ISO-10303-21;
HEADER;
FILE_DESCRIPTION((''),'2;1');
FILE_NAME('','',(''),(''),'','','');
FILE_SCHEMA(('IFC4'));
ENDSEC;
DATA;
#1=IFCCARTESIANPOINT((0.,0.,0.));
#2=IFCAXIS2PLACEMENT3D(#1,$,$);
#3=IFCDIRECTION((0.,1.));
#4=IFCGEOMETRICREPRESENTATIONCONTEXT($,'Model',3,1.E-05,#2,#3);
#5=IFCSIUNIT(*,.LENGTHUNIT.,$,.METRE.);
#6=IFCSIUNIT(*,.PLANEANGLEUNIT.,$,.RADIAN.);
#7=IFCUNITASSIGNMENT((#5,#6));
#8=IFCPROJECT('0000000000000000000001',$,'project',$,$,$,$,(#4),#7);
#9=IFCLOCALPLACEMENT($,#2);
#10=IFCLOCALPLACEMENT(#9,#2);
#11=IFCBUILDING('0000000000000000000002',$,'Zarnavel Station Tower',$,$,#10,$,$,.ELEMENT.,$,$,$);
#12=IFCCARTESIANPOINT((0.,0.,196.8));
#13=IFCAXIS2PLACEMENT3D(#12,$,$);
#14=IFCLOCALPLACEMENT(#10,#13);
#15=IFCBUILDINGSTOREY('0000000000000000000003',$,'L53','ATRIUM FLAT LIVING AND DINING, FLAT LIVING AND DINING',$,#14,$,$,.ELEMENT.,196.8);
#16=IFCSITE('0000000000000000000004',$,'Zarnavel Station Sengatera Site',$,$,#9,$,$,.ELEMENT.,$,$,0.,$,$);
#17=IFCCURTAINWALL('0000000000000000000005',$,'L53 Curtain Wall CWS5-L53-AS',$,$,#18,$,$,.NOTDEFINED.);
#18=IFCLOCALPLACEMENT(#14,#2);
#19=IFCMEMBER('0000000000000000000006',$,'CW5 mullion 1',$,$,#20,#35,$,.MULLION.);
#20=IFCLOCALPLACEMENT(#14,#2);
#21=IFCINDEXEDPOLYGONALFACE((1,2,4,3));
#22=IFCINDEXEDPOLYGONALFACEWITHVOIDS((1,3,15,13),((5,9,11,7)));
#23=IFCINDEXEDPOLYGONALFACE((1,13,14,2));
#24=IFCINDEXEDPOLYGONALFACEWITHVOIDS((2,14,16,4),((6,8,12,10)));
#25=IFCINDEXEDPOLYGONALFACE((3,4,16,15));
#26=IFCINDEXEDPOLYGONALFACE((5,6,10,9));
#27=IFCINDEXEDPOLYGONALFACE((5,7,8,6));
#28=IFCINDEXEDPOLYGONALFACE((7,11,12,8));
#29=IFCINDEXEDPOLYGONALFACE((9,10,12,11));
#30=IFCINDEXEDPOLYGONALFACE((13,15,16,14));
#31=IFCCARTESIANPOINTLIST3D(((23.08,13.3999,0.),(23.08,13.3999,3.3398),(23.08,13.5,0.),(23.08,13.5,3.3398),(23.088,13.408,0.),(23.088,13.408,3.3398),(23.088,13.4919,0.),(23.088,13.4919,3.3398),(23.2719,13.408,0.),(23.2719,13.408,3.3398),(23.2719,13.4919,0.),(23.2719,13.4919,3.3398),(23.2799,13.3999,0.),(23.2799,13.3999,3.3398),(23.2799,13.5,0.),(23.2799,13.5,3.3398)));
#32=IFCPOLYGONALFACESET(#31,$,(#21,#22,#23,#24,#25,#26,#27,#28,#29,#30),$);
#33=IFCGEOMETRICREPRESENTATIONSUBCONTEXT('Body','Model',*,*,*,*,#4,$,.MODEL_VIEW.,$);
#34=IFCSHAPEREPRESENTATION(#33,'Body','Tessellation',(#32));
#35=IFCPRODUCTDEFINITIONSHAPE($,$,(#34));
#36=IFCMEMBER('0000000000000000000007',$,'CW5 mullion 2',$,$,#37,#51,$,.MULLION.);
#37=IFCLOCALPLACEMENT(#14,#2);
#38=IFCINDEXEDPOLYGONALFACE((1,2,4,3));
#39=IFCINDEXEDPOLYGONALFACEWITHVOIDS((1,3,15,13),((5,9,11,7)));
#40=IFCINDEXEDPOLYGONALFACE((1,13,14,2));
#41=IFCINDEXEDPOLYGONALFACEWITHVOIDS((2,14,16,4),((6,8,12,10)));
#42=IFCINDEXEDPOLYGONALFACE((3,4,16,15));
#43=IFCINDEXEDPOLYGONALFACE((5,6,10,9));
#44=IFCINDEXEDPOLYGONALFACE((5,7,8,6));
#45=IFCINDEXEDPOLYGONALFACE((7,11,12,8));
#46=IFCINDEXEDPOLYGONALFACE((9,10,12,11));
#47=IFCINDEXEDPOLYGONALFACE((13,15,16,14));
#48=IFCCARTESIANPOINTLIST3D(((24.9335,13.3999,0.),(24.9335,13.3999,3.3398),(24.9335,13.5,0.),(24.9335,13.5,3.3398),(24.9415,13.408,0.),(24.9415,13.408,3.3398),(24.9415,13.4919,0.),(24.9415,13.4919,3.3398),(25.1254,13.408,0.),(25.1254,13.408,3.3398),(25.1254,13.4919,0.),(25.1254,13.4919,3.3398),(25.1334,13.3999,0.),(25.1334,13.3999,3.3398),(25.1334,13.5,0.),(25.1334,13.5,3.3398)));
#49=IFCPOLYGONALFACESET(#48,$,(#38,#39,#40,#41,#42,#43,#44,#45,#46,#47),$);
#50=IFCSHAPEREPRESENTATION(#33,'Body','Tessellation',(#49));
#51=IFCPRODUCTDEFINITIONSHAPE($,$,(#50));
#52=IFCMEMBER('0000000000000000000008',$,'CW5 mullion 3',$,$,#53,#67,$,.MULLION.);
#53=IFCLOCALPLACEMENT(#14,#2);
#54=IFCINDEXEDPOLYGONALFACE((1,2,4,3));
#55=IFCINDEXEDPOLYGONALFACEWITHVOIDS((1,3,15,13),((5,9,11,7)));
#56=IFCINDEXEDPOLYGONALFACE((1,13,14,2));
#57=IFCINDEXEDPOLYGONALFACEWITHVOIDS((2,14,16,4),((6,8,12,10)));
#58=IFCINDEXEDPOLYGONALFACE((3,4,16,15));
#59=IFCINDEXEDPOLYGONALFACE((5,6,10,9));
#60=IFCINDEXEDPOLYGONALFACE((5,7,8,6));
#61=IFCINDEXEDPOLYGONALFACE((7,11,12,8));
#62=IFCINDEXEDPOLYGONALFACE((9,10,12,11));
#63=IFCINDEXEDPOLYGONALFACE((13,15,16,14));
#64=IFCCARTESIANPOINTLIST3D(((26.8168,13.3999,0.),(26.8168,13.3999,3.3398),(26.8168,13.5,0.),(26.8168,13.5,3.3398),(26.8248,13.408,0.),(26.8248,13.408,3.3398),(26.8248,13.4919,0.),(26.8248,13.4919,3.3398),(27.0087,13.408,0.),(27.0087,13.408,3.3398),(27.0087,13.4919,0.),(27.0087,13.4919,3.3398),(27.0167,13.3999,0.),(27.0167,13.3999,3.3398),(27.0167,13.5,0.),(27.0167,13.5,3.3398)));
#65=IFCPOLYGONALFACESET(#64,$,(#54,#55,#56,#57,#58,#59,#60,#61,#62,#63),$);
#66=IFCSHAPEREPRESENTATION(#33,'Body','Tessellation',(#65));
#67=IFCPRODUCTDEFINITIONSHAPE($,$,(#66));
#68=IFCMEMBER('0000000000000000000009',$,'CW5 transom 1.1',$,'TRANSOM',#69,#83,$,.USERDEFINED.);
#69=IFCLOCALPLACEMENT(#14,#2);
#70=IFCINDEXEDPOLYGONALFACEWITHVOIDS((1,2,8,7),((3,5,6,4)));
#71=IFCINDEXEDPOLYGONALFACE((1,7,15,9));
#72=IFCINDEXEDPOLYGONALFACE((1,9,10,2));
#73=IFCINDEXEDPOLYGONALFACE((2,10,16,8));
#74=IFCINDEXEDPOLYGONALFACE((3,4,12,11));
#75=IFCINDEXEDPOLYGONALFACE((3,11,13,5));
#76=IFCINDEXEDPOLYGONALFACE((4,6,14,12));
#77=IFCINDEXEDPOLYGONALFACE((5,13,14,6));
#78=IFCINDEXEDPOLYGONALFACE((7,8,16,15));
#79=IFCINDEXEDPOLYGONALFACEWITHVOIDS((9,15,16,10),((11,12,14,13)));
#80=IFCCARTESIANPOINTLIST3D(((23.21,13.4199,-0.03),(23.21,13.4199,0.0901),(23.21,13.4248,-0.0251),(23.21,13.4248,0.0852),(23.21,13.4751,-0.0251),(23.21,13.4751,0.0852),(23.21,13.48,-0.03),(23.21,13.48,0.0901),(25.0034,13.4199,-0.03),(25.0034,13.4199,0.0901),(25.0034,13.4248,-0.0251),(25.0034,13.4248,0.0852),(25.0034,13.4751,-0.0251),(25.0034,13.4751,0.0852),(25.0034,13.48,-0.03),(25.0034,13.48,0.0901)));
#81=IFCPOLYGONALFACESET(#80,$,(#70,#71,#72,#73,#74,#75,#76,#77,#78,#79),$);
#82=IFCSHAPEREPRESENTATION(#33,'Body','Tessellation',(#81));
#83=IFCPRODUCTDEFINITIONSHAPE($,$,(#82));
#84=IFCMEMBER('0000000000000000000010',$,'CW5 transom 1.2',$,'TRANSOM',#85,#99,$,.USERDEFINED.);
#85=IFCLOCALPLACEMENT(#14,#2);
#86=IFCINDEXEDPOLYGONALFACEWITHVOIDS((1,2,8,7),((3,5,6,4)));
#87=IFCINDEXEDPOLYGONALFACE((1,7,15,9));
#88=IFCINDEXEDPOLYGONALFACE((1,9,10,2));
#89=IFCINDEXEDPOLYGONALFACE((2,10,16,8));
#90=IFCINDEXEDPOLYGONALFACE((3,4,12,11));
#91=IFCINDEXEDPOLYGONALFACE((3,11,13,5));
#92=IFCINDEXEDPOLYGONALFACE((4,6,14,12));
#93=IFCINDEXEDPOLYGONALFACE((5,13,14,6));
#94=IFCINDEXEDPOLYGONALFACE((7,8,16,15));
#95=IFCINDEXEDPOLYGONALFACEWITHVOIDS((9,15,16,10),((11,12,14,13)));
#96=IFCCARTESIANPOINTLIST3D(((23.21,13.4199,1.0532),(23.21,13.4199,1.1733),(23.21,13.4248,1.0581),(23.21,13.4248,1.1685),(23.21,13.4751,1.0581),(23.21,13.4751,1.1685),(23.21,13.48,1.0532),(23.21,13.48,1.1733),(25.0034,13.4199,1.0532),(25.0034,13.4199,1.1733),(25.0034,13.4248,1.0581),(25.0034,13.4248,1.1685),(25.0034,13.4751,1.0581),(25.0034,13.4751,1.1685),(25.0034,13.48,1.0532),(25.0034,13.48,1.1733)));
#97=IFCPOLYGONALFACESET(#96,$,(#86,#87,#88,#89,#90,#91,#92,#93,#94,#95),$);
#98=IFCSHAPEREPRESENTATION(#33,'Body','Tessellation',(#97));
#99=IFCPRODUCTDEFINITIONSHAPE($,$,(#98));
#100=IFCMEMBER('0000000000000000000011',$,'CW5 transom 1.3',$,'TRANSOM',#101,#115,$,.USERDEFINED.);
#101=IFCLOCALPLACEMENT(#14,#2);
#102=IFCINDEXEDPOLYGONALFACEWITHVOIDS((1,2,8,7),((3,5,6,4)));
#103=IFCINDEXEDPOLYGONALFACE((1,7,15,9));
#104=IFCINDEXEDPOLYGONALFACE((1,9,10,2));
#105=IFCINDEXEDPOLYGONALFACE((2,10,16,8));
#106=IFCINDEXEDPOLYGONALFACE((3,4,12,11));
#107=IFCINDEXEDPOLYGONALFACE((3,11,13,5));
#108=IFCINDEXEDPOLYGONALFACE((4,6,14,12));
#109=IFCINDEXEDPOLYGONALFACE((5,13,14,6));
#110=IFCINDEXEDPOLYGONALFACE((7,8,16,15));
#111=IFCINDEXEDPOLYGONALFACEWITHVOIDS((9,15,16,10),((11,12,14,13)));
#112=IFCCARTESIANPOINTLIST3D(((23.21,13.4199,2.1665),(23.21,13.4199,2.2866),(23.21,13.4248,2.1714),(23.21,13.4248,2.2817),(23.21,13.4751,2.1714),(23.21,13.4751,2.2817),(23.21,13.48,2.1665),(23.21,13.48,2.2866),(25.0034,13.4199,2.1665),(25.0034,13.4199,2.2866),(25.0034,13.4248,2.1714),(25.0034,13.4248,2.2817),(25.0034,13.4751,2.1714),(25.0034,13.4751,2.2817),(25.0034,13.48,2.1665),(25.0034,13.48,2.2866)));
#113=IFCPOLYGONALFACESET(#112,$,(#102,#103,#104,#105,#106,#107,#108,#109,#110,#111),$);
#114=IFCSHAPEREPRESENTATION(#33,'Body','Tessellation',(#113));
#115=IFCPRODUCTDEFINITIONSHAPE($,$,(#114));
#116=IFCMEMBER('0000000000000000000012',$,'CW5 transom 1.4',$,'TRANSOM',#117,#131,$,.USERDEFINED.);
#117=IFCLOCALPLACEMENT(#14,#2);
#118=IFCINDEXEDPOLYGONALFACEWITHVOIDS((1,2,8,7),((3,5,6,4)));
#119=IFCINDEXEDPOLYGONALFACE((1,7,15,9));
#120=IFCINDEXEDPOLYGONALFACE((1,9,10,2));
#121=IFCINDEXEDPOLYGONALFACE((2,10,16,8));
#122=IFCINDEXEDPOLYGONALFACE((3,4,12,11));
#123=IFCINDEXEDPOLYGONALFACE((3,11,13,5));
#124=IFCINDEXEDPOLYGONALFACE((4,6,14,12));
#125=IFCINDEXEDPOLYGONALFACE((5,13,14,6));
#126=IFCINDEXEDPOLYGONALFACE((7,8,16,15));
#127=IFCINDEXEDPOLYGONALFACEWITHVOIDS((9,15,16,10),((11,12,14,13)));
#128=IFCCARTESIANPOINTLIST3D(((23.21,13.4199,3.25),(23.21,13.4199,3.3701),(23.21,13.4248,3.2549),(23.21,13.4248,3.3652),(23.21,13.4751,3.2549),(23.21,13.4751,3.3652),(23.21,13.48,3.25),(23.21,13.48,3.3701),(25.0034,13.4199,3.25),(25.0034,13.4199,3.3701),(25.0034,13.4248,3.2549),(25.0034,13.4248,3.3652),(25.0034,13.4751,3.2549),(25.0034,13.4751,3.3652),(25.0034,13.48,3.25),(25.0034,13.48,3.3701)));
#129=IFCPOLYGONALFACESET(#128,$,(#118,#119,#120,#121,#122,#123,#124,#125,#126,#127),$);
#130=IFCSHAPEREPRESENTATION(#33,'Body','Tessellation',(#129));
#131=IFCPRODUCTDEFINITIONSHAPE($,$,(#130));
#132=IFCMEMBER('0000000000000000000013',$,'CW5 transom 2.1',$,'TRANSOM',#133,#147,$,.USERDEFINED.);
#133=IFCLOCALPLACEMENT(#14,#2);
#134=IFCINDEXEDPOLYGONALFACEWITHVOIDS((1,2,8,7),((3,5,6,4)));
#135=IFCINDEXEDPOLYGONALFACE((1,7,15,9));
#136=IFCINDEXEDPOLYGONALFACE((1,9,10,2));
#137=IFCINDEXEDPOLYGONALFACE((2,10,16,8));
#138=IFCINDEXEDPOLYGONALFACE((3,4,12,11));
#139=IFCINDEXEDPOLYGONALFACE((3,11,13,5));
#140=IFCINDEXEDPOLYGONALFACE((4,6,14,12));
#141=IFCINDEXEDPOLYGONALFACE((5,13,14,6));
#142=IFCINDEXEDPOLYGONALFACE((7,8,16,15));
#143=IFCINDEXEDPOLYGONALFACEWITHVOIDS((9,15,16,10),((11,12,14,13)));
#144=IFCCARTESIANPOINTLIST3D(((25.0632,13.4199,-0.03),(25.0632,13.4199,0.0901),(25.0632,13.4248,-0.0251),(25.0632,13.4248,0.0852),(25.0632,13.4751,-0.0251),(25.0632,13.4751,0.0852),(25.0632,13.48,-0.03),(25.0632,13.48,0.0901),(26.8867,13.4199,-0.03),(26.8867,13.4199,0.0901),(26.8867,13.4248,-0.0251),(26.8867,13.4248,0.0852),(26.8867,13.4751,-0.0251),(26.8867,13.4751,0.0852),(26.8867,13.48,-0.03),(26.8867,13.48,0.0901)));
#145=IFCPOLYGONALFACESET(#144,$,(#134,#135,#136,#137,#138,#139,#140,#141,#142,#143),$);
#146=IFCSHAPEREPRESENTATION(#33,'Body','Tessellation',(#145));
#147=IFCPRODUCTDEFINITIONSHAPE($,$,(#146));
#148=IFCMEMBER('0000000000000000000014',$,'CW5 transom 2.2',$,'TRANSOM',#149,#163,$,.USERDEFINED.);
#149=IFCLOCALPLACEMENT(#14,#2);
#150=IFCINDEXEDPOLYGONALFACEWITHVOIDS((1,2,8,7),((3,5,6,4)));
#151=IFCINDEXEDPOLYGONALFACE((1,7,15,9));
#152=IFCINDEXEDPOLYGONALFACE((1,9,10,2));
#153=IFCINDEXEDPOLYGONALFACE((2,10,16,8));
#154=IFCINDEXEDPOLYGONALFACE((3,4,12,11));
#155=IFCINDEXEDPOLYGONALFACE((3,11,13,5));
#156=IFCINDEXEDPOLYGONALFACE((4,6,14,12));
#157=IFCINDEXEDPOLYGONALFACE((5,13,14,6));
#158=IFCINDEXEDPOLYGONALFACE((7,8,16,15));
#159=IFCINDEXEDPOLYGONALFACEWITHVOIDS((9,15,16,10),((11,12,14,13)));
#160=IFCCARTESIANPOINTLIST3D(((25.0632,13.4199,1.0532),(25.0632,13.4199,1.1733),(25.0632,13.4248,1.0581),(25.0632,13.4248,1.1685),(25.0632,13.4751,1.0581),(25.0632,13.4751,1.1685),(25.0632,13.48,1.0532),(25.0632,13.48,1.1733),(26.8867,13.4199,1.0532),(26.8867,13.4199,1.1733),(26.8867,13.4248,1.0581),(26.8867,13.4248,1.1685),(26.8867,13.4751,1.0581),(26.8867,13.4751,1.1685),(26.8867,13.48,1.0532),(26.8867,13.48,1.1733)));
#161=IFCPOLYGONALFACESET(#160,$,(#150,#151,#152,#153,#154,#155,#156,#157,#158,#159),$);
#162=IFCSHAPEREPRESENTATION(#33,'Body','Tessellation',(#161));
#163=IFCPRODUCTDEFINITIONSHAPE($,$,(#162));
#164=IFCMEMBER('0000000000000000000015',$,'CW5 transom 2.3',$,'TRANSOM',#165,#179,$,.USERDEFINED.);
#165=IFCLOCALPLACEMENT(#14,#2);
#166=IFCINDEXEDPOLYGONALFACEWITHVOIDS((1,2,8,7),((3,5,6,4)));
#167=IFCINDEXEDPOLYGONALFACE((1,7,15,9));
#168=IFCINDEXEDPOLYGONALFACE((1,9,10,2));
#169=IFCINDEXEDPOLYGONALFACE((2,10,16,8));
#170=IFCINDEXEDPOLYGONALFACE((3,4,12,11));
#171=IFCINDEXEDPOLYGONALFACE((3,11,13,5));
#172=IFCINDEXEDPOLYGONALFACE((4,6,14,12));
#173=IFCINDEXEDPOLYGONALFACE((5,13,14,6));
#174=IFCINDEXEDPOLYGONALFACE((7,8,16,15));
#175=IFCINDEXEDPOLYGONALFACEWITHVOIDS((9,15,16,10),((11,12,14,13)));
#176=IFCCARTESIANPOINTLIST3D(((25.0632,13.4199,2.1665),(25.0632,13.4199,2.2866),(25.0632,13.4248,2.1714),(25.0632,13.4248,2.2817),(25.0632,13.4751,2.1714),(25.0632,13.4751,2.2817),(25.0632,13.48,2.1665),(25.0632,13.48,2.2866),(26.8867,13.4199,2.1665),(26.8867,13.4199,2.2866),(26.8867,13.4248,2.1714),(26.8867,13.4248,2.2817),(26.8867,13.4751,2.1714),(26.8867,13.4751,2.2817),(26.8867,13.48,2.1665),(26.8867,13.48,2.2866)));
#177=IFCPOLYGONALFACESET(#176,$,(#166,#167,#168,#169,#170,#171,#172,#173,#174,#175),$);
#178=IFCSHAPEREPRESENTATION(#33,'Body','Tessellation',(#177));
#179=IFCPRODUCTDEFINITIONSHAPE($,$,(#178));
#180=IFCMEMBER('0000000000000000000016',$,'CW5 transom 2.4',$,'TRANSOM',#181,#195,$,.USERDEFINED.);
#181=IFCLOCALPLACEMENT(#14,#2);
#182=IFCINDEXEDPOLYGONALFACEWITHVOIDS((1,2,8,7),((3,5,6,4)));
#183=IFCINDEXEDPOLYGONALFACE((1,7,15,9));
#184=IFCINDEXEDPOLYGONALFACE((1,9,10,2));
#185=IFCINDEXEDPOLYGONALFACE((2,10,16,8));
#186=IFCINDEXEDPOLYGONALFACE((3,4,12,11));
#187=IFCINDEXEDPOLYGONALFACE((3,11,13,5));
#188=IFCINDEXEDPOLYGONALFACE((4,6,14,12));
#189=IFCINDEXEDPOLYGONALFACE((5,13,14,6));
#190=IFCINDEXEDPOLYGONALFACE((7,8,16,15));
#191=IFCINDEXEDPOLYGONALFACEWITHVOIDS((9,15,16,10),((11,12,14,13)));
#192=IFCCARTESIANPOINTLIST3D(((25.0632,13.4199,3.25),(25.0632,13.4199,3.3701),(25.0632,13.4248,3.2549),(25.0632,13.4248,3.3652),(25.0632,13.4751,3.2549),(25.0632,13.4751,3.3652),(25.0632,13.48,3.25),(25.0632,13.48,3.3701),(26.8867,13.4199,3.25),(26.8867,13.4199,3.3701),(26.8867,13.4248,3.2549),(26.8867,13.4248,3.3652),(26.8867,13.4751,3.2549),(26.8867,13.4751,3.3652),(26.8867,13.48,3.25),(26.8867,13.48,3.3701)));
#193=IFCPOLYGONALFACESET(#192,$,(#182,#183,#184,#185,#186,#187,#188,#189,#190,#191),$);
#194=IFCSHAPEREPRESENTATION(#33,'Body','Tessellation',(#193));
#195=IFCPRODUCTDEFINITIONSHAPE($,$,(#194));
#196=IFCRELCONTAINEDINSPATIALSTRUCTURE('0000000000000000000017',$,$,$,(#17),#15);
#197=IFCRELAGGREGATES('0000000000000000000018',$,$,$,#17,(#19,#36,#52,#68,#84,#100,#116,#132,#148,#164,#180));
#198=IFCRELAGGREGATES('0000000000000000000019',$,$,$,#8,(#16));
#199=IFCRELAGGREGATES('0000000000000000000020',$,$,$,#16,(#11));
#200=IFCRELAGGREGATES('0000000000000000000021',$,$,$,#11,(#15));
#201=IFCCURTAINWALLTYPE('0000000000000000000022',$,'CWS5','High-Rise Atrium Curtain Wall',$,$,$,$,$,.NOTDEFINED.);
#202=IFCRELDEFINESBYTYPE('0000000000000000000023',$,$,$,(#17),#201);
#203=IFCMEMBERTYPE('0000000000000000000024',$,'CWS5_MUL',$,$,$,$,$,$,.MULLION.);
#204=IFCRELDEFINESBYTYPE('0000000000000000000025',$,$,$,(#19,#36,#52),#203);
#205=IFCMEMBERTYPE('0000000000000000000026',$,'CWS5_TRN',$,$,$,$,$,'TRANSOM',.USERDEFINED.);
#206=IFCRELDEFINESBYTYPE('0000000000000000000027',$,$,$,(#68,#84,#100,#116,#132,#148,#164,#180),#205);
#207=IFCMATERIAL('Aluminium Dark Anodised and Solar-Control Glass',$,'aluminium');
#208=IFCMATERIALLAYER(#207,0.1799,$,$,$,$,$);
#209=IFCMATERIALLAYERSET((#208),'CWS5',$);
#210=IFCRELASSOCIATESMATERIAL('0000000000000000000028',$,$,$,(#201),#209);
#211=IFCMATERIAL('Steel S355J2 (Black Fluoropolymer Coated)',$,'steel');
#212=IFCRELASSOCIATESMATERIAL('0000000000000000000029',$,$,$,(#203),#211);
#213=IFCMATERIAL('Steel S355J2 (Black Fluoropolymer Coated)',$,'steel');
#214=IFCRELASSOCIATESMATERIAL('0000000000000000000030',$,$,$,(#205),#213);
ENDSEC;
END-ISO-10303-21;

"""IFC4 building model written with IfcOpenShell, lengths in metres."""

from ifc_helpers import new_model, si_unit, direction, frame, origin, origin_2d, place, context, subcontext, project, spatial, hollow_rectangle, extrude, material, layer, layer_set, material_profile, profile_set, type_object, element, aggregate, save


model = new_model("IFC4")

# Units and contexts
model_context = context("Model", 3, precision=1e-05, world=origin(), true_north=direction((0.0, 1.0)))
body_context = subcontext(model_context, "Body", "Model", "MODEL_VIEW")
ifc_project = project(units=[si_unit("LENGTHUNIT", "METRE"), si_unit("PLANEANGLEUNIT", "RADIAN")], contexts=[model_context])

# Site, building, storey
site_placement = place(None, origin())
site = spatial("IfcSite", under=ifc_project, at=site_placement, Name="Zarnavel Station Sengatera Site", CompositionType="ELEMENT", RefElevation=0.0)
building_placement = place(site_placement, origin())
building = spatial("IfcBuilding", under=site, at=building_placement, Name="Zarnavel Station Tower", CompositionType="ELEMENT")
storey_placement = place(building_placement, frame((0.0, 0.0, 196.8)))
storey = spatial("IfcBuildingStorey", under=building, at=storey_placement, Name="L53", Description="ATRIUM FLAT LIVING AND DINING, FLAT LIVING AND DINING", CompositionType="ELEMENT", Elevation=196.8)

# Curtain wall, members
ifc_material_1 = material(Name="Aluminium Dark Anodised and Solar-Control Glass", Category="aluminium")
ifc_layer_1 = layer(ifc_material_1, 0.1799)
ifc_layer_set_1 = layer_set([ifc_layer_1], Name="CWS5")
curtain_wall_type = type_object("IfcCurtainWallType", Name="CWS5", Description="High-Rise Atrium Curtain Wall", PredefinedType="NOTDEFINED", material=ifc_layer_set_1)
curtain_wall_placement = place(storey_placement, origin())
curtain_wall = element("IfcCurtainWall", 1, at=curtain_wall_placement, inside=storey, type_object=curtain_wall_type, Name="L53 Curtain Wall CWS5-L53-AS", PredefinedType="NOTDEFINED")
ifc_material_2 = material(Name="Steel S355J2 (Black Fluoropolymer Coated)", Category="steel")
ifc_material_profile_1 = material_profile(ifc_material_2, hollow_rectangle(XDim=0.1001, YDim=0.2, WallThickness=0.0081, at=origin_2d()), Name="RHS200x100x8")
ifc_profile_set_1 = profile_set([ifc_material_profile_1], Name="Steel S355J2 (Black Fluoropolymer Coated)")
member_type_1 = type_object("IfcMemberType", Name="CWS5_MUL", PredefinedType="MULLION", material=ifc_profile_set_1)
member_1_placement = place(storey_placement, frame((23.1799, 13.45, 0.0), z_axis=(0.0, 0.0, 1.0), x_axis=(0.0, 1.0, 0.0)))
member_1 = element("IfcMember", 2, at=member_1_placement, type_object=member_type_1, Name="CW5 mullion 1", PredefinedType="MULLION", context=body_context, shape_type="SweptSolid", body=[
    extrude(hollow_rectangle(XDim=0.1001, YDim=0.2, WallThickness=0.0081, at=origin_2d()), origin(), (0.0, 0.0, 1.0), 3.3398),
])
member_2_placement = place(storey_placement, frame((25.0334, 13.45, 0.0), z_axis=(0.0, 0.0, 1.0), x_axis=(0.0, 1.0, 0.0)))
member_2 = element("IfcMember", 3, at=member_2_placement, type_object=member_type_1, Name="CW5 mullion 2", PredefinedType="MULLION", context=body_context, shape_type="SweptSolid", body=[
    extrude(hollow_rectangle(XDim=0.1001, YDim=0.2, WallThickness=0.0081, at=origin_2d()), origin(), (0.0, 0.0, 1.0), 3.3398),
])
member_3_placement = place(storey_placement, frame((26.9167, 13.45, 0.0), z_axis=(0.0, 0.0, 1.0), x_axis=(0.0, 1.0, 0.0)))
member_3 = element("IfcMember", 4, at=member_3_placement, type_object=member_type_1, Name="CW5 mullion 3", PredefinedType="MULLION", context=body_context, shape_type="SweptSolid", body=[
    extrude(hollow_rectangle(XDim=0.1001, YDim=0.2, WallThickness=0.0081, at=origin_2d()), origin(), (0.0, 0.0, 1.0), 3.3398),
])
ifc_material_3 = material(Name="Steel S355J2 (Black Fluoropolymer Coated)", Category="steel")
ifc_material_profile_2 = material_profile(ifc_material_3, hollow_rectangle(XDim=0.0601, YDim=0.1201, WallThickness=0.0049, at=origin_2d()), Name="RHS120x60x5")
ifc_profile_set_2 = profile_set([ifc_material_profile_2], Name="Steel S355J2 (Black Fluoropolymer Coated)")
member_type_2 = type_object("IfcMemberType", Name="CWS5_TRN", ElementType="TRANSOM", PredefinedType="USERDEFINED", material=ifc_profile_set_2)
member_4_placement = place(storey_placement, frame((23.21, 13.45, 0.03), z_axis=(1.0, 0.0, 0.0), x_axis=(0.0, 1.0, 0.0)))
member_4 = element("IfcMember", 5, at=member_4_placement, type_object=member_type_2, Name="CW5 transom 1.1", ObjectType="TRANSOM", PredefinedType="USERDEFINED", context=body_context, shape_type="SweptSolid", body=[
    extrude(hollow_rectangle(XDim=0.0601, YDim=0.1201, WallThickness=0.0049, at=origin_2d()), origin(), (0.0, 0.0, 1.0), 1.7935),
])
member_5_placement = place(storey_placement, frame((23.21, 13.45, 1.1133), z_axis=(1.0, 0.0, 0.0), x_axis=(0.0, 1.0, 0.0)))
member_5 = element("IfcMember", 6, at=member_5_placement, type_object=member_type_2, Name="CW5 transom 1.2", ObjectType="TRANSOM", PredefinedType="USERDEFINED", context=body_context, shape_type="SweptSolid", body=[
    extrude(hollow_rectangle(XDim=0.0601, YDim=0.1201, WallThickness=0.0049, at=origin_2d()), origin(), (0.0, 0.0, 1.0), 1.7935),
])
member_6_placement = place(storey_placement, frame((23.21, 13.45, 2.2266), z_axis=(1.0, 0.0, 0.0), x_axis=(0.0, 1.0, 0.0)))
member_6 = element("IfcMember", 7, at=member_6_placement, type_object=member_type_2, Name="CW5 transom 1.3", ObjectType="TRANSOM", PredefinedType="USERDEFINED", context=body_context, shape_type="SweptSolid", body=[
    extrude(hollow_rectangle(XDim=0.0601, YDim=0.1201, WallThickness=0.0049, at=origin_2d()), origin(), (0.0, 0.0, 1.0), 1.7935),
])
member_7_placement = place(storey_placement, frame((23.21, 13.45, 3.3101), z_axis=(1.0, 0.0, 0.0), x_axis=(0.0, 1.0, 0.0)))
member_7 = element("IfcMember", 8, at=member_7_placement, type_object=member_type_2, Name="CW5 transom 1.4", ObjectType="TRANSOM", PredefinedType="USERDEFINED", context=body_context, shape_type="SweptSolid", body=[
    extrude(hollow_rectangle(XDim=0.0601, YDim=0.1201, WallThickness=0.0049, at=origin_2d()), origin(), (0.0, 0.0, 1.0), 1.7935),
])
member_8_placement = place(storey_placement, frame((25.0632, 13.45, 0.03), z_axis=(1.0, 0.0, 0.0), x_axis=(0.0, 1.0, 0.0)))
member_8 = element("IfcMember", 9, at=member_8_placement, type_object=member_type_2, Name="CW5 transom 2.1", ObjectType="TRANSOM", PredefinedType="USERDEFINED", context=body_context, shape_type="SweptSolid", body=[
    extrude(hollow_rectangle(XDim=0.0601, YDim=0.1201, WallThickness=0.0049, at=origin_2d()), origin(), (0.0, 0.0, 1.0), 1.8235),
])
member_9_placement = place(storey_placement, frame((25.0632, 13.45, 1.1133), z_axis=(1.0, 0.0, 0.0), x_axis=(0.0, 1.0, 0.0)))
member_9 = element("IfcMember", 10, at=member_9_placement, type_object=member_type_2, Name="CW5 transom 2.2", ObjectType="TRANSOM", PredefinedType="USERDEFINED", context=body_context, shape_type="SweptSolid", body=[
    extrude(hollow_rectangle(XDim=0.0601, YDim=0.1201, WallThickness=0.0049, at=origin_2d()), origin(), (0.0, 0.0, 1.0), 1.8235),
])
member_10_placement = place(storey_placement, frame((25.0632, 13.45, 2.2266), z_axis=(1.0, 0.0, 0.0), x_axis=(0.0, 1.0, 0.0)))
member_10 = element("IfcMember", 11, at=member_10_placement, type_object=member_type_2, Name="CW5 transom 2.3", ObjectType="TRANSOM", PredefinedType="USERDEFINED", context=body_context, shape_type="SweptSolid", body=[
    extrude(hollow_rectangle(XDim=0.0601, YDim=0.1201, WallThickness=0.0049, at=origin_2d()), origin(), (0.0, 0.0, 1.0), 1.8235),
])
member_11_placement = place(storey_placement, frame((25.0632, 13.45, 3.3101), z_axis=(1.0, 0.0, 0.0), x_axis=(0.0, 1.0, 0.0)))
member_11 = element("IfcMember", 12, at=member_11_placement, type_object=member_type_2, Name="CW5 transom 2.4", ObjectType="TRANSOM", PredefinedType="USERDEFINED", context=body_context, shape_type="SweptSolid", body=[
    extrude(hollow_rectangle(XDim=0.0601, YDim=0.1201, WallThickness=0.0049, at=origin_2d()), origin(), (0.0, 0.0, 1.0), 1.8235),
])
aggregate(curtain_wall, [member_1, member_2, member_3, member_4, member_5, member_6, member_7, member_8, member_9, member_10, member_11])

save(model, "model.ifc")
